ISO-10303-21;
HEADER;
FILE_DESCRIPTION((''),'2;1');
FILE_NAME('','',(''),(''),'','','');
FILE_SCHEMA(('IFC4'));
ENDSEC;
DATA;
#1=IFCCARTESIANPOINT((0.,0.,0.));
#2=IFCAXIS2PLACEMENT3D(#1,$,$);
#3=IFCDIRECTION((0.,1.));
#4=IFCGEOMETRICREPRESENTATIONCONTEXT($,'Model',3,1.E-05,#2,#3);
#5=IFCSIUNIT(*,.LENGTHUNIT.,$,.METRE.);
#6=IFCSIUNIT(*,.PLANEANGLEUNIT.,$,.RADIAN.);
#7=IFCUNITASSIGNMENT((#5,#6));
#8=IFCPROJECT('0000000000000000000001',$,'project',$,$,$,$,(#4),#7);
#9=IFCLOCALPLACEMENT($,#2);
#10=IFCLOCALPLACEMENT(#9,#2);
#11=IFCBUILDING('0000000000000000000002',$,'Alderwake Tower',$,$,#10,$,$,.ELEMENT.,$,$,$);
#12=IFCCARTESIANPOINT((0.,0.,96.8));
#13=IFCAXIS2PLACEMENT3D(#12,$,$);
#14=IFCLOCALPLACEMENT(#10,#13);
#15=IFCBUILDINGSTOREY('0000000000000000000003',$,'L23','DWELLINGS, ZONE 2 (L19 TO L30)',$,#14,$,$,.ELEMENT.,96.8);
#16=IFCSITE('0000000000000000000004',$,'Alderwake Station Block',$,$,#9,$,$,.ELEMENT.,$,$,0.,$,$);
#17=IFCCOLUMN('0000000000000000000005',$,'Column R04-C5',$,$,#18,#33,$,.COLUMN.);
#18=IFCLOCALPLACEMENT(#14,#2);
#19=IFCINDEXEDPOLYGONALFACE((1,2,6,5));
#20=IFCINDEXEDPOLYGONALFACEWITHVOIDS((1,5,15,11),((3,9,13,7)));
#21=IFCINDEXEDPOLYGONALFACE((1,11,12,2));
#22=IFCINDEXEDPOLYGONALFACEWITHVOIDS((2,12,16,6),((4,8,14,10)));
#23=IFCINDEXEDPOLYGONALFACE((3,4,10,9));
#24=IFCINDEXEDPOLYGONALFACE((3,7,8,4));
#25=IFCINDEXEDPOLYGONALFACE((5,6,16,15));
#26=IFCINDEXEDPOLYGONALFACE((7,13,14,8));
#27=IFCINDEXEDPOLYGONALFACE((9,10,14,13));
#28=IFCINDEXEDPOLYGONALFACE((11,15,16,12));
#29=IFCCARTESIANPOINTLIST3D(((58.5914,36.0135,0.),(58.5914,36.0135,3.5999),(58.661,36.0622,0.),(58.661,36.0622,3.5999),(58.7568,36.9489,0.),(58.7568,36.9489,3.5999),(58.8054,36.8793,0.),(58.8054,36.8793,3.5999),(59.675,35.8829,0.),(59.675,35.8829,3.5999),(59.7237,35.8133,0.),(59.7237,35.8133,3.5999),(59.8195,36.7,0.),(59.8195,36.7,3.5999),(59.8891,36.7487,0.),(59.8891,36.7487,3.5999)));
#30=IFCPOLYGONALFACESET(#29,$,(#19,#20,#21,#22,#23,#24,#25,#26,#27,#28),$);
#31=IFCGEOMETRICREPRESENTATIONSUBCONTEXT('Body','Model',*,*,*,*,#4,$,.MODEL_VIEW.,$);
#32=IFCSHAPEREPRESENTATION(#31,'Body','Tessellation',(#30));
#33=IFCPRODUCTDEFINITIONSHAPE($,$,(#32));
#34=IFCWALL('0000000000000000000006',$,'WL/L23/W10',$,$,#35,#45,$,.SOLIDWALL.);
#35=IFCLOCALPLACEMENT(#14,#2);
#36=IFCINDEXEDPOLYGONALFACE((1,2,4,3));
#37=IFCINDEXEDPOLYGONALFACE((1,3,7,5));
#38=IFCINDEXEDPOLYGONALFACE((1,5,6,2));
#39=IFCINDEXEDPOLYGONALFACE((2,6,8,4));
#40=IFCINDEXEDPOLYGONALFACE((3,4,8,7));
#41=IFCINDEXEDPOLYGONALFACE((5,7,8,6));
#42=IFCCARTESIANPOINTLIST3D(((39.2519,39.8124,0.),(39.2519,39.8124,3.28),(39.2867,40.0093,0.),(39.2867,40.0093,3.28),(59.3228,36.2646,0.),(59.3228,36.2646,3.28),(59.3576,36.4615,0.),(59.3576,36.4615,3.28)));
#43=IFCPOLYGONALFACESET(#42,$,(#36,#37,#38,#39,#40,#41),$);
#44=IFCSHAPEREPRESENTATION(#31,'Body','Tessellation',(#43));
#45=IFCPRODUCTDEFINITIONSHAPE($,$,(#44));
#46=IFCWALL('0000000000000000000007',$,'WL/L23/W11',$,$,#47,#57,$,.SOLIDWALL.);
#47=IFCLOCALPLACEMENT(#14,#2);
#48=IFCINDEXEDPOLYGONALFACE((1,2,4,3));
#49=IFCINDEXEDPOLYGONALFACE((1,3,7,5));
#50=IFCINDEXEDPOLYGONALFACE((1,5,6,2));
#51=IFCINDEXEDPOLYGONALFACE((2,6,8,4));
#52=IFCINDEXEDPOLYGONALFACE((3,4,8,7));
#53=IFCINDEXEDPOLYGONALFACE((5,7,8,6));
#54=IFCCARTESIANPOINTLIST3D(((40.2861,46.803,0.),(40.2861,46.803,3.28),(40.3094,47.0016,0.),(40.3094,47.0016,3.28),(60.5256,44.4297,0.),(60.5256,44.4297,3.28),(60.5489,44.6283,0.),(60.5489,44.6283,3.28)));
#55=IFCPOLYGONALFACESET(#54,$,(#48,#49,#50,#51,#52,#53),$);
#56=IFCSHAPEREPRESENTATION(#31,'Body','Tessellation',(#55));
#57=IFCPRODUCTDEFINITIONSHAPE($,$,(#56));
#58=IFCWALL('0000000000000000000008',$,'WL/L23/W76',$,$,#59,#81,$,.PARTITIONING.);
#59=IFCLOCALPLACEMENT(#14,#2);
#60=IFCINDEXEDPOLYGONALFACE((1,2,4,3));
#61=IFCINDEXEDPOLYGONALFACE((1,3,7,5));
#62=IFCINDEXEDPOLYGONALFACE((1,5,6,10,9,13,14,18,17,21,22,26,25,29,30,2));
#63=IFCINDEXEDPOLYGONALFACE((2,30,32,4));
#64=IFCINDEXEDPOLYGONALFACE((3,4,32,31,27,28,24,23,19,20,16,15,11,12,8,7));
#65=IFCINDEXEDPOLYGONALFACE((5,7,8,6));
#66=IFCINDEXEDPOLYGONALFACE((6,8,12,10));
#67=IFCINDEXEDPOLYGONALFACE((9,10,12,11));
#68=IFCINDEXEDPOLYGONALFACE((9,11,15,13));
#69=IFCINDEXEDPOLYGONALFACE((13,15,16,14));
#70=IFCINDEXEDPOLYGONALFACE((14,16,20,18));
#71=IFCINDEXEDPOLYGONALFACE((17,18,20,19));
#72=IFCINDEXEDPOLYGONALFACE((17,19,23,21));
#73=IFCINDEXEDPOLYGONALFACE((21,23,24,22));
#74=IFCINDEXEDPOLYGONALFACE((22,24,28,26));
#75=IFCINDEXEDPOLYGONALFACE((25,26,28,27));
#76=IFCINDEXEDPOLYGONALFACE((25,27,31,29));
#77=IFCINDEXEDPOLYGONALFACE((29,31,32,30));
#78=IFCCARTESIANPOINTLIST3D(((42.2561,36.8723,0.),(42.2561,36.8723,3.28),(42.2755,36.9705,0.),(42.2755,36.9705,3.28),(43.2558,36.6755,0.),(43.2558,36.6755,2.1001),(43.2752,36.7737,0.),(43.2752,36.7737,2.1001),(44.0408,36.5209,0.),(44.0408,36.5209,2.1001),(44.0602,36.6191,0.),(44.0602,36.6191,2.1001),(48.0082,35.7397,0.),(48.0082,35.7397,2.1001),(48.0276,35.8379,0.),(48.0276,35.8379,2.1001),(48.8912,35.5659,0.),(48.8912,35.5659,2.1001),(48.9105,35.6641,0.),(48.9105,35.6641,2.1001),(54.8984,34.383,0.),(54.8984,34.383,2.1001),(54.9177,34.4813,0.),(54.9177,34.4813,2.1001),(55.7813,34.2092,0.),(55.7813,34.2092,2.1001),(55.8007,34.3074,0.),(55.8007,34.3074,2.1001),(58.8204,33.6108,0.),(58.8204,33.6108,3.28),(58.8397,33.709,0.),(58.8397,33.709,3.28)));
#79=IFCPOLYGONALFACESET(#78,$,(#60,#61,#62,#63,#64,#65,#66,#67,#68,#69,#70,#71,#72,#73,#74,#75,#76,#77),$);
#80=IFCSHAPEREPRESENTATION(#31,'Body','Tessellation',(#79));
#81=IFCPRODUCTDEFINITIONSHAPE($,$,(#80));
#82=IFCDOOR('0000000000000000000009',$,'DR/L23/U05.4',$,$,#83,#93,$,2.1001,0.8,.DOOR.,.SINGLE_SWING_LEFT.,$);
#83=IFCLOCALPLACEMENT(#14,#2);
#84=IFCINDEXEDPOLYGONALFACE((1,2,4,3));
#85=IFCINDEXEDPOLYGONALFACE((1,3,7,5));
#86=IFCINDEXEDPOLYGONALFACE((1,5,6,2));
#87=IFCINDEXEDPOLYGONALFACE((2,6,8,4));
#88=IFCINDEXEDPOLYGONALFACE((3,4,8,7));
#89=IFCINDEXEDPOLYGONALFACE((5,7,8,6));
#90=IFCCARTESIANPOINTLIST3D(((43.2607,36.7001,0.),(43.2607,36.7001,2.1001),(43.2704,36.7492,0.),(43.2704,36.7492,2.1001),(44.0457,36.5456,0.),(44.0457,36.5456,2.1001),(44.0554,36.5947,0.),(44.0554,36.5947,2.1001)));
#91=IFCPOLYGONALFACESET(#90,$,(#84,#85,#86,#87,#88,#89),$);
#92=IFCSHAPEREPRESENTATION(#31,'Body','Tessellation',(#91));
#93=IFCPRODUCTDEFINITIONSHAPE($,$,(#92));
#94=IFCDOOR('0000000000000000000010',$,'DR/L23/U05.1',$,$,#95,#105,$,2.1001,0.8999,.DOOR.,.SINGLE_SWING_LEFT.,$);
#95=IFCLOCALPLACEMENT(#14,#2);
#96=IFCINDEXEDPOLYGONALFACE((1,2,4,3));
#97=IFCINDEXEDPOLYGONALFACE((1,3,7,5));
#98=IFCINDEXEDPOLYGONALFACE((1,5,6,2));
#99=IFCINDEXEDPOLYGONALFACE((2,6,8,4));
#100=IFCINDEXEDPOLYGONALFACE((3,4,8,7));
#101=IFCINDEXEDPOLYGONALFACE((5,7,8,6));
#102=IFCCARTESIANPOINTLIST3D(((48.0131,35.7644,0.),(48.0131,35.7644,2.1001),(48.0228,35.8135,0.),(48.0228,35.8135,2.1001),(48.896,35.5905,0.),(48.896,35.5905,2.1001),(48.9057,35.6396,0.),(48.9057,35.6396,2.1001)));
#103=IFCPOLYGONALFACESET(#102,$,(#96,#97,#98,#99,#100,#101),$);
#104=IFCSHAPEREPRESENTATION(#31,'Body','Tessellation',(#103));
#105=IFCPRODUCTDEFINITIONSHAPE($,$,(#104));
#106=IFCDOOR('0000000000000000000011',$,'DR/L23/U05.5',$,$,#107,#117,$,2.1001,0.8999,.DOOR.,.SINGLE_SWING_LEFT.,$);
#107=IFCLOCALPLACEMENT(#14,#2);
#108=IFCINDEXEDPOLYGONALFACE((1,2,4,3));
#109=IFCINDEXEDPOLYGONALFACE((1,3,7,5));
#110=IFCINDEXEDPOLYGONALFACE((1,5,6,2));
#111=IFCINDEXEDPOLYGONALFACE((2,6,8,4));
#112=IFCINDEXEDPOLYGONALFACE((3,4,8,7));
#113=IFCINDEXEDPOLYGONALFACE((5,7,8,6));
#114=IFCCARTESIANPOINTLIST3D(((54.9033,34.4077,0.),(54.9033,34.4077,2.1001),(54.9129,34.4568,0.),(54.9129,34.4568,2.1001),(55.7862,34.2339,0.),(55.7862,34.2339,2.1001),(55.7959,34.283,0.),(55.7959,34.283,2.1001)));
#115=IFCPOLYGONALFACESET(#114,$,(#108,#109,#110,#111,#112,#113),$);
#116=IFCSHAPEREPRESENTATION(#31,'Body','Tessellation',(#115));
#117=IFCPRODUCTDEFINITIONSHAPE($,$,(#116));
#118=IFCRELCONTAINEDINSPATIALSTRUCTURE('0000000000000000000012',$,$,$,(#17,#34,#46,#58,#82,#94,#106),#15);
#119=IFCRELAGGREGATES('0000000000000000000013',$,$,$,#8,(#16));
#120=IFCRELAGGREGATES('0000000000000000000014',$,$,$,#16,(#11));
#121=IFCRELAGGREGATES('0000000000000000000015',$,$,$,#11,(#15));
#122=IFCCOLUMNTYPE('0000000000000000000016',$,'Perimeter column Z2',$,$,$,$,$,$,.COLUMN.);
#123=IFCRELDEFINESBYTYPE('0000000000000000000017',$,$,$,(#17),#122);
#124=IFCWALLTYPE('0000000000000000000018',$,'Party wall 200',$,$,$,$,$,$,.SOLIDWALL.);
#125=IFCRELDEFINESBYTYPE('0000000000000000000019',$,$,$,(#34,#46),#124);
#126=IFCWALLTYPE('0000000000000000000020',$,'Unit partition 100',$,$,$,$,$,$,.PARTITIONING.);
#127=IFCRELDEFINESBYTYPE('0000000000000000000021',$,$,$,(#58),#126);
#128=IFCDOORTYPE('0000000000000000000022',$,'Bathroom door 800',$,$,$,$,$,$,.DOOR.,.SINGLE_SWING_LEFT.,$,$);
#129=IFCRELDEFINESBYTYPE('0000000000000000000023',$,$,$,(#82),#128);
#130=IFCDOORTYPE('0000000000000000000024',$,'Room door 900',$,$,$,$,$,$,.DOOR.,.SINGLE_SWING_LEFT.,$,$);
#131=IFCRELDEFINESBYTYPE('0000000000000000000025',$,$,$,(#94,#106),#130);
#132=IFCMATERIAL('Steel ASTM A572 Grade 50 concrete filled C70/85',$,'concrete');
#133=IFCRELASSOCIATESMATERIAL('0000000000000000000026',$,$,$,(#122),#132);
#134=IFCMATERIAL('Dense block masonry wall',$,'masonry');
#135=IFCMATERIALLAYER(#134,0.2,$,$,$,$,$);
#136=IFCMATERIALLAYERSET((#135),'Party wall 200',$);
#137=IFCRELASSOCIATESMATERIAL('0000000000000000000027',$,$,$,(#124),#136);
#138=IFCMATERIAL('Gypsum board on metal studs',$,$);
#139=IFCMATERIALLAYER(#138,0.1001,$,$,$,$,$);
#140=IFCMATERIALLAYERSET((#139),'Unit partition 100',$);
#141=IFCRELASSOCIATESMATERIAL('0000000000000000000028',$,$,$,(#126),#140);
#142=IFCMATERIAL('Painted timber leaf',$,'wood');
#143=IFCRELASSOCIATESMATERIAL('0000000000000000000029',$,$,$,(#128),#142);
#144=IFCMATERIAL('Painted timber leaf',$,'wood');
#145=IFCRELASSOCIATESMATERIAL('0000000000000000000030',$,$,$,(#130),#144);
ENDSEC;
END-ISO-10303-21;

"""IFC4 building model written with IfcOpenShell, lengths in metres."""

from ifc_helpers import new_model, si_unit, direction, frame, frame_2d, origin, origin_2d, place, context, subcontext, project, spatial, rectangle, hollow_rectangle, extrude, material, layer, layer_set, material_profile, profile_set, type_object, element, fill, save


model = new_model("IFC4")

# Units and contexts
model_context = context("Model", 3, precision=1e-05, world=origin(), true_north=direction((0.0, 1.0)))
body_context = subcontext(model_context, "Body", "Model", "MODEL_VIEW")
ifc_project = project(units=[si_unit("LENGTHUNIT", "METRE"), si_unit("PLANEANGLEUNIT", "RADIAN")], contexts=[model_context])

# Site, building, storey
site_placement = place(None, origin())
site = spatial("IfcSite", under=ifc_project, at=site_placement, Name="Alderwake Station Block", CompositionType="ELEMENT", RefElevation=0.0)
building_placement = place(site_placement, origin())
building = spatial("IfcBuilding", under=site, at=building_placement, Name="Alderwake Tower", CompositionType="ELEMENT")
storey_placement = place(building_placement, frame((0.0, 0.0, 96.8)))
storey = spatial("IfcBuildingStorey", under=building, at=storey_placement, Name="L23", Description="DWELLINGS, ZONE 2 (L19 TO L30)", CompositionType="ELEMENT", Elevation=96.8)

# Column
ifc_material_1 = material(Name="Steel ASTM A572 Grade 50 concrete filled C70/85", Category="concrete")
ifc_material_profile = material_profile(ifc_material_1, hollow_rectangle(XDim=0.95, YDim=1.1499, WallThickness=0.0601, at=origin_2d()), Name="BOX 1150X950X60")
ifc_profile_set = profile_set([ifc_material_profile], Name="Steel ASTM A572 Grade 50 concrete filled C70/85")
column_type = type_object("IfcColumnType", Name="Perimeter column Z2", PredefinedType="COLUMN", material=ifc_profile_set)
column_placement = place(storey_placement, frame((59.2402, 36.3811, 0.0), z_axis=(0.0, 0.0, 1.0), x_axis=(0.174109, 0.984726, 0.0)))
element("IfcColumn", 1, at=column_placement, inside=storey, type_object=column_type, Name="Column R04-C5", PredefinedType="COLUMN", context=body_context, shape_type="SweptSolid", body=[
    extrude(hollow_rectangle(XDim=0.95, YDim=1.1499, WallThickness=0.0601, at=origin_2d()), origin(), (0.0, 0.0, 1.0), 3.5999),
])

# Walls
ifc_material_2 = material(Name="Dense block masonry wall", Category="masonry")
ifc_layer_1 = layer(ifc_material_2, 0.2)
ifc_layer_set_1 = layer_set([ifc_layer_1], Name="Party wall 200")
wall_type_1 = type_object("IfcWallType", Name="Party wall 200", PredefinedType="SOLIDWALL", material=ifc_layer_set_1)
wall_1_placement = place(storey_placement, frame((59.3401, 36.363, 0.0), z_axis=(0.0, 0.0, 1.0), x_axis=(-0.984734, 0.174068, 0.0)))
element("IfcWall", 2, at=wall_1_placement, inside=storey, type_object=wall_type_1, Name="WL/L23/W10", PredefinedType="SOLIDWALL", context=body_context, shape_type="SweptSolid", body=[
    extrude(rectangle(XDim=20.3821, YDim=0.2, at=frame_2d((10.1909, 0.0))), origin(), (0.0, 0.0, 1.0), 3.28),
])
wall_2_placement = place(storey_placement, frame((60.5371, 44.5291, 0.0), z_axis=(0.0, 0.0, 1.0), x_axis=(-0.993195, 0.116462, 0.0)))
element("IfcWall", 3, at=wall_2_placement, inside=storey, type_object=wall_type_1, Name="WL/L23/W11", PredefinedType="SOLIDWALL", context=body_context, shape_type="SweptSolid", body=[
    extrude(rectangle(XDim=20.3782, YDim=0.2, at=frame_2d((10.189, 0.0))), origin(), (0.0, 0.0, 1.0), 3.28),
])

# Wall, openings, doors
ifc_material_3 = material(Name="Gypsum board on metal studs")
ifc_layer_2 = layer(ifc_material_3, 0.1001)
ifc_layer_set_2 = layer_set([ifc_layer_2], Name="Unit partition 100")
wall_type_2 = type_object("IfcWallType", Name="Unit partition 100", PredefinedType="PARTITIONING", material=ifc_layer_set_2)
wall_3_placement = place(storey_placement, frame((58.8301, 33.6599, 0.0), z_axis=(0.0, 0.0, 1.0), x_axis=(-0.981161, 0.19319, 0.0)))
wall_3 = element("IfcWall", 4, at=wall_3_placement, inside=storey, type_object=wall_type_2, Name="WL/L23/W76", PredefinedType="PARTITIONING", context=body_context, shape_type="SweptSolid", body=[
    extrude(rectangle(XDim=16.8823, YDim=0.1001, at=frame_2d((8.4412, 0.0))), origin(), (0.0, 0.0, 1.0), 3.28),
])
opening_1_placement = place(wall_3_placement, frame((10.1199, 0.0, 0.0)))
opening_1 = element("IfcOpeningElement", 5, at=opening_1_placement, cuts=wall_3, PredefinedType="OPENING", context=body_context, shape_type="SweptSolid", body=[
    extrude(rectangle(XDim=0.8999, YDim=2.1001, at=frame_2d((0.45, 1.05))), frame((0.0, 0.0601, 0.0), z_axis=(0.0, -1.0, 0.0), x_axis=(1.0, 0.0, 0.0)), (0.0, 0.0, 1.0), 0.1201),
])
opening_2_placement = place(wall_3_placement, frame((15.0635, 0.0, 0.0)))
opening_2 = element("IfcOpeningElement", 6, at=opening_2_placement, cuts=wall_3, PredefinedType="OPENING", context=body_context, shape_type="SweptSolid", body=[
    extrude(rectangle(XDim=0.8, YDim=2.1001, at=frame_2d((0.3999, 1.05))), frame((0.0, 0.0601, 0.0), z_axis=(0.0, -1.0, 0.0), x_axis=(1.0, 0.0, 0.0)), (0.0, 0.0, 1.0), 0.1201),
])
opening_3_placement = place(wall_3_placement, frame((3.0974, 0.0, 0.0)))
opening_3 = element("IfcOpeningElement", 7, at=opening_3_placement, cuts=wall_3, PredefinedType="OPENING", context=body_context, shape_type="SweptSolid", body=[
    extrude(rectangle(XDim=0.8999, YDim=2.1001, at=frame_2d((0.45, 1.05))), frame((0.0, 0.0601, 0.0), z_axis=(0.0, -1.0, 0.0), x_axis=(1.0, 0.0, 0.0)), (0.0, 0.0, 1.0), 0.1201),
])
ifc_material_4 = material(Name="Painted timber leaf", Category="wood")
door_type_1 = type_object("IfcDoorType", Name="Bathroom door 800", OperationType="SINGLE_SWING_LEFT", PredefinedType="DOOR", material=ifc_material_4)
door_1_placement = place(opening_2_placement, origin())
door_1 = element("IfcDoor", 8, at=door_1_placement, inside=storey, type_object=door_type_1, Name="DR/L23/U05.4", OperationType="SINGLE_SWING_LEFT", OverallHeight=2.1001, OverallWidth=0.8, PredefinedType="DOOR", context=body_context, shape_type="SweptSolid", body=[
    extrude(rectangle(XDim=0.8, YDim=2.1001, at=frame_2d((0.3999, 1.05))), frame((0.0, 0.0249, 0.0), z_axis=(0.0, -1.0, 0.0), x_axis=(1.0, 0.0, 0.0)), (0.0, 0.0, 1.0), 0.05),
])
fill(opening_2, door_1)
ifc_material_5 = material(Name="Painted timber leaf", Category="wood")
door_type_2 = type_object("IfcDoorType", Name="Room door 900", OperationType="SINGLE_SWING_LEFT", PredefinedType="DOOR", material=ifc_material_5)
door_2_placement = place(opening_1_placement, origin())
door_2 = element("IfcDoor", 9, at=door_2_placement, inside=storey, type_object=door_type_2, Name="DR/L23/U05.1", OperationType="SINGLE_SWING_LEFT", OverallHeight=2.1001, OverallWidth=0.8999, PredefinedType="DOOR", context=body_context, shape_type="SweptSolid", body=[
    extrude(rectangle(XDim=0.8999, YDim=2.1001, at=frame_2d((0.45, 1.05))), frame((0.0, 0.0249, 0.0), z_axis=(0.0, -1.0, 0.0), x_axis=(1.0, 0.0, 0.0)), (0.0, 0.0, 1.0), 0.05),
])
fill(opening_1, door_2)
door_3_placement = place(opening_3_placement, origin())
door_3 = element("IfcDoor", 10, at=door_3_placement, inside=storey, type_object=door_type_2, Name="DR/L23/U05.5", OperationType="SINGLE_SWING_LEFT", OverallHeight=2.1001, OverallWidth=0.8999, PredefinedType="DOOR", context=body_context, shape_type="SweptSolid", body=[
    extrude(rectangle(XDim=0.8999, YDim=2.1001, at=frame_2d((0.45, 1.05))), frame((0.0, 0.0249, 0.0), z_axis=(0.0, -1.0, 0.0), x_axis=(1.0, 0.0, 0.0)), (0.0, 0.0, 1.0), 0.05),
])
fill(opening_3, door_3)

save(model, "model.ifc")
